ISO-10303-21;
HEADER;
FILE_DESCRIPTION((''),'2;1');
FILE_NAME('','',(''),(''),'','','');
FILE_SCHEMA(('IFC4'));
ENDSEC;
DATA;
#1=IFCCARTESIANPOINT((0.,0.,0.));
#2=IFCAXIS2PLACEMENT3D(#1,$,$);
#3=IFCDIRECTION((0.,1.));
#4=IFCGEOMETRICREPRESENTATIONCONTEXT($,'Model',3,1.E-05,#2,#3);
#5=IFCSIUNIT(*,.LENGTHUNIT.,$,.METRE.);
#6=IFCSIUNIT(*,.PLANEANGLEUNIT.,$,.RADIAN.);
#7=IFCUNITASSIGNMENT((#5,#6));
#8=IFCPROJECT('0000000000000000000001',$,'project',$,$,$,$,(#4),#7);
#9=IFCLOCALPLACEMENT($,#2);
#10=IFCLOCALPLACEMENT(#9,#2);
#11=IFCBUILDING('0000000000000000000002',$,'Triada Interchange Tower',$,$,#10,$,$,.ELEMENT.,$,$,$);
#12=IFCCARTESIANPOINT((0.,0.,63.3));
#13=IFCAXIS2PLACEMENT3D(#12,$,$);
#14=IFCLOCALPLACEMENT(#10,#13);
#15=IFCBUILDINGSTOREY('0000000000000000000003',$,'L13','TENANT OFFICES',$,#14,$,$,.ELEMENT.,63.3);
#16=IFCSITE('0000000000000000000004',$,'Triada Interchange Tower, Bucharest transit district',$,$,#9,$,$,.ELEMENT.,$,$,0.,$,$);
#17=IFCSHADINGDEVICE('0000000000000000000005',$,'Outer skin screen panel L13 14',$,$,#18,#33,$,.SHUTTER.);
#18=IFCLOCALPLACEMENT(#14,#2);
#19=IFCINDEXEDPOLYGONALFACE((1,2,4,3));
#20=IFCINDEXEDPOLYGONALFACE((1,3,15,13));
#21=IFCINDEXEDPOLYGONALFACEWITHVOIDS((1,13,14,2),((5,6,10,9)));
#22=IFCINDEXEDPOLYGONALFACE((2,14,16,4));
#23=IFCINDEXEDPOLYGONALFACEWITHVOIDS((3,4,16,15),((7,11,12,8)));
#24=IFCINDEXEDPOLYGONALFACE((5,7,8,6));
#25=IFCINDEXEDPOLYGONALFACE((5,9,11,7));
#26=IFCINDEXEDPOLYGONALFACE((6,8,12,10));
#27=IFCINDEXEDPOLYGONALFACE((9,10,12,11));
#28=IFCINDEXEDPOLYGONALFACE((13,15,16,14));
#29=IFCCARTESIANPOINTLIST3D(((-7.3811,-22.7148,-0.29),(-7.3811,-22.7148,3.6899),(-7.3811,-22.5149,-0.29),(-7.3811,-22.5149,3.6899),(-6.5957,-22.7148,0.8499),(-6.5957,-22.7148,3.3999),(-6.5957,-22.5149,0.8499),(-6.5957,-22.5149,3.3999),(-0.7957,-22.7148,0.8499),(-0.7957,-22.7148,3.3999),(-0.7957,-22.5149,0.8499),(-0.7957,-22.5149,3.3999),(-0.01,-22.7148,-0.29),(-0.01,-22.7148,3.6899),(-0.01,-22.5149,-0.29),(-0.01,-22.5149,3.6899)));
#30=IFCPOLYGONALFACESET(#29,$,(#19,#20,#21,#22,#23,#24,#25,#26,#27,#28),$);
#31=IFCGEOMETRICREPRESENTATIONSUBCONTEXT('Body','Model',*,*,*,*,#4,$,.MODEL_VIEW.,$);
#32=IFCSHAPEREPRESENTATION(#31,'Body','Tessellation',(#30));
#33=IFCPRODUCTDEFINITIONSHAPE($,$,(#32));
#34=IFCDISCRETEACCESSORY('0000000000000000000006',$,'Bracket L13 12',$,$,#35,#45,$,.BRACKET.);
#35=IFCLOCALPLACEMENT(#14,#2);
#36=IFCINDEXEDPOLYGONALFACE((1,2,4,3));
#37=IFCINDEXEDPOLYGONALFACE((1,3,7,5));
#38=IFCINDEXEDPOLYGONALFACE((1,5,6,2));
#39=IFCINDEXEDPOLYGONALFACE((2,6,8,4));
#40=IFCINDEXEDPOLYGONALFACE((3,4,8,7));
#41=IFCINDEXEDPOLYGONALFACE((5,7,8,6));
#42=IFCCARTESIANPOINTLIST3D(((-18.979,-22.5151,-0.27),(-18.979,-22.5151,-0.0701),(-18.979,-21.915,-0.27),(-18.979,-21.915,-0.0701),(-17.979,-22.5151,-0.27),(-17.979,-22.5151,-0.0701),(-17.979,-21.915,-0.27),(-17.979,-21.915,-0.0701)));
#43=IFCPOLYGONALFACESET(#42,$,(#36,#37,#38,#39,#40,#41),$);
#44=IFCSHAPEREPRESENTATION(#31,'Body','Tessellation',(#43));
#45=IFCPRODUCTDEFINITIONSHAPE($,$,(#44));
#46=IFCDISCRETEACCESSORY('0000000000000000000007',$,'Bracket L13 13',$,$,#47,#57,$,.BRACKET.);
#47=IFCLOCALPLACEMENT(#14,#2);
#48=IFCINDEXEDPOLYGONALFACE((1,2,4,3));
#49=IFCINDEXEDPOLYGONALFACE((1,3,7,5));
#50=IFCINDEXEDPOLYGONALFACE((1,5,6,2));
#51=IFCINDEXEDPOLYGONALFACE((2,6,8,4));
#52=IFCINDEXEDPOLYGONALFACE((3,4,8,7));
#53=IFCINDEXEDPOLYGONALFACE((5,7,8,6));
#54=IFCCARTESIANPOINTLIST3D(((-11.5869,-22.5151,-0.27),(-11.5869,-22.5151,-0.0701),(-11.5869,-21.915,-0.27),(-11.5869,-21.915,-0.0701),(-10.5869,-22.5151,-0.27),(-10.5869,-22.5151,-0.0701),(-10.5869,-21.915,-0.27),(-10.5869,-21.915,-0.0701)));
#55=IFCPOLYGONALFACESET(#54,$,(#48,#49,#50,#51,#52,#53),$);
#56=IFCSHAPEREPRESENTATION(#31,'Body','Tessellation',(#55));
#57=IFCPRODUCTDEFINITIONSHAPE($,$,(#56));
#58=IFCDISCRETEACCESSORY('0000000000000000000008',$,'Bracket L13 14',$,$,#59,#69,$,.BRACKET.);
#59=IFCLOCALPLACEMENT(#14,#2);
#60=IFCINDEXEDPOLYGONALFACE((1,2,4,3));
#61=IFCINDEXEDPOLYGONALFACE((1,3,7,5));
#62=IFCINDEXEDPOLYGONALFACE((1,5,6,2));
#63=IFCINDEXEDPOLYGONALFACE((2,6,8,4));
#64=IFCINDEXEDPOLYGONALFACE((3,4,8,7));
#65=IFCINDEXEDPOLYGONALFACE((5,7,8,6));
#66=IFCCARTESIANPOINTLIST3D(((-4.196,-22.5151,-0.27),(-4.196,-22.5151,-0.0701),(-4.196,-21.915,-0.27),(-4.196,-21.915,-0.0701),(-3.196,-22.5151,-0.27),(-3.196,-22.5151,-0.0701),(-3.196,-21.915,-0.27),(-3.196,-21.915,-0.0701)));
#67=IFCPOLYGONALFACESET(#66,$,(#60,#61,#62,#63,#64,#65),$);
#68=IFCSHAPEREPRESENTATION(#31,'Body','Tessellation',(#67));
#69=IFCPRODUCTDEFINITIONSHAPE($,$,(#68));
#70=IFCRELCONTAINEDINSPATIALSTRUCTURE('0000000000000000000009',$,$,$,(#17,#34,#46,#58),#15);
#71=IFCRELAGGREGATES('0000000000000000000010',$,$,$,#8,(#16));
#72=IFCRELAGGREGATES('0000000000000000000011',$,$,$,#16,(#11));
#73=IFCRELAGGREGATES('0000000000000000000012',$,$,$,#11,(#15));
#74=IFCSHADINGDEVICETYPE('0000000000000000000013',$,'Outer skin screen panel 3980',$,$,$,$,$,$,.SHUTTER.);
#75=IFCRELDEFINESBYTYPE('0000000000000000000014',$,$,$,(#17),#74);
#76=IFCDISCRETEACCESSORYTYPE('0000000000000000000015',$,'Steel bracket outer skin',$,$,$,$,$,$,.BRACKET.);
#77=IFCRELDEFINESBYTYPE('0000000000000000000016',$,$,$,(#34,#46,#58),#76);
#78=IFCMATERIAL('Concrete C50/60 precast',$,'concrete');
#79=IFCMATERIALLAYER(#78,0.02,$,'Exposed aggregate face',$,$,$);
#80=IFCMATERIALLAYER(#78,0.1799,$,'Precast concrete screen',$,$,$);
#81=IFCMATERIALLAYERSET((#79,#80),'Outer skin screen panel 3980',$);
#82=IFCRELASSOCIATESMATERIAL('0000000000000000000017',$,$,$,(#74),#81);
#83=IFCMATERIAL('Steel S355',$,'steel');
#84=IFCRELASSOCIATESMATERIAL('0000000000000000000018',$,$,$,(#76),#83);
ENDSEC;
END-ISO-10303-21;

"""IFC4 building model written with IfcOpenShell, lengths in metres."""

from ifc_helpers import new_model, si_unit, direction, frame, origin, origin_2d, place, context, subcontext, project, spatial, polyline, rectangle, outline, extrude, material, layer, layer_set, type_object, element, save


model = new_model("IFC4")

# Units and contexts
model_context = context("Model", 3, precision=1e-05, world=origin(), true_north=direction((0.0, 1.0)))
body_context = subcontext(model_context, "Body", "Model", "MODEL_VIEW")
ifc_project = project(units=[si_unit("LENGTHUNIT", "METRE"), si_unit("PLANEANGLEUNIT", "RADIAN")], contexts=[model_context])

# Site, building, storey
site_placement = place(None, origin())
site = spatial("IfcSite", under=ifc_project, at=site_placement, Name="Triada Interchange Tower, Bucharest transit district", CompositionType="ELEMENT", RefElevation=0.0)
building_placement = place(site_placement, origin())
building = spatial("IfcBuilding", under=site, at=building_placement, Name="Triada Interchange Tower", CompositionType="ELEMENT")
storey_placement = place(building_placement, frame((0.0, 0.0, 63.3)))
storey = spatial("IfcBuildingStorey", under=building, at=storey_placement, Name="L13", Description="TENANT OFFICES", CompositionType="ELEMENT", Elevation=63.3)

# Shading device
ifc_material_1 = material(Name="Concrete C50/60 precast", Category="concrete")
ifc_layer_1 = layer(ifc_material_1, 0.02, Name="Exposed aggregate face")
ifc_layer_2 = layer(ifc_material_1, 0.1799, Name="Precast concrete screen")
ifc_layer_set_1 = layer_set([ifc_layer_1, ifc_layer_2], Name="Outer skin screen panel 3980")
shading_device_type = type_object("IfcShadingDeviceType", Name="Outer skin screen panel 3980", PredefinedType="SHUTTER", material=ifc_layer_set_1)
shading_device_1_placement = place(storey_placement, frame((-7.3811, -22.5149, -0.29), z_axis=(0.0, 0.0, 1.0), x_axis=(1.0, 0.0, 0.0)))
element("IfcShadingDevice", 1, at=shading_device_1_placement, inside=storey, type_object=shading_device_type, Name="Outer skin screen panel L13 14", PredefinedType="SHUTTER", context=body_context, shape_type="SweptSolid", body=[
    extrude(outline(polyline([(0.0, 0.0), (7.3711, 0.0), (7.3711, 3.98), (0.0, 3.98), (0.0, 0.0)]), holes=[polyline([(0.7854, 1.1399), (0.7854, 3.6899), (6.5854, 3.6899), (6.5854, 1.1399), (0.7854, 1.1399)])]), frame((0.0, 0.0, 0.0), z_axis=(0.0, -1.0, 0.0), x_axis=(1.0, 0.0, 0.0)), (0.0, 0.0, 1.0), 0.2),
])

# Discrete accessories
ifc_material_2 = material(Name="Steel S355", Category="steel")
discrete_accessory_type = type_object("IfcDiscreteAccessoryType", Name="Steel bracket outer skin", PredefinedType="BRACKET", material=ifc_material_2)
for number, where, z_axis, x_axis, name in (
    (2, (-18.479, -22.2151, -0.27), (0.0, 0.0, 1.0), (0.0, -1.0, 0.0), "Bracket L13 12"),
    (3, (-11.0869, -22.2151, -0.27), (0.0, 0.0, 1.0), (0.0, -1.0, 0.0), "Bracket L13 13"),
    (4, (-3.696, -22.2151, -0.27), (0.0, 0.0, 1.0), (0.0, -1.0, 0.0), "Bracket L13 14"),
):
    element("IfcDiscreteAccessory", number, at=place(storey_placement, frame(where, z_axis=z_axis, x_axis=x_axis)), inside=storey, type_object=discrete_accessory_type, Name=name, PredefinedType="BRACKET", context=body_context, shape_type="SweptSolid", body=[
        extrude(rectangle(XDim=0.6001, YDim=1.0, at=origin_2d()), origin(), (0.0, 0.0, 1.0), 0.2),
    ])

save(model, "model.ifc")
